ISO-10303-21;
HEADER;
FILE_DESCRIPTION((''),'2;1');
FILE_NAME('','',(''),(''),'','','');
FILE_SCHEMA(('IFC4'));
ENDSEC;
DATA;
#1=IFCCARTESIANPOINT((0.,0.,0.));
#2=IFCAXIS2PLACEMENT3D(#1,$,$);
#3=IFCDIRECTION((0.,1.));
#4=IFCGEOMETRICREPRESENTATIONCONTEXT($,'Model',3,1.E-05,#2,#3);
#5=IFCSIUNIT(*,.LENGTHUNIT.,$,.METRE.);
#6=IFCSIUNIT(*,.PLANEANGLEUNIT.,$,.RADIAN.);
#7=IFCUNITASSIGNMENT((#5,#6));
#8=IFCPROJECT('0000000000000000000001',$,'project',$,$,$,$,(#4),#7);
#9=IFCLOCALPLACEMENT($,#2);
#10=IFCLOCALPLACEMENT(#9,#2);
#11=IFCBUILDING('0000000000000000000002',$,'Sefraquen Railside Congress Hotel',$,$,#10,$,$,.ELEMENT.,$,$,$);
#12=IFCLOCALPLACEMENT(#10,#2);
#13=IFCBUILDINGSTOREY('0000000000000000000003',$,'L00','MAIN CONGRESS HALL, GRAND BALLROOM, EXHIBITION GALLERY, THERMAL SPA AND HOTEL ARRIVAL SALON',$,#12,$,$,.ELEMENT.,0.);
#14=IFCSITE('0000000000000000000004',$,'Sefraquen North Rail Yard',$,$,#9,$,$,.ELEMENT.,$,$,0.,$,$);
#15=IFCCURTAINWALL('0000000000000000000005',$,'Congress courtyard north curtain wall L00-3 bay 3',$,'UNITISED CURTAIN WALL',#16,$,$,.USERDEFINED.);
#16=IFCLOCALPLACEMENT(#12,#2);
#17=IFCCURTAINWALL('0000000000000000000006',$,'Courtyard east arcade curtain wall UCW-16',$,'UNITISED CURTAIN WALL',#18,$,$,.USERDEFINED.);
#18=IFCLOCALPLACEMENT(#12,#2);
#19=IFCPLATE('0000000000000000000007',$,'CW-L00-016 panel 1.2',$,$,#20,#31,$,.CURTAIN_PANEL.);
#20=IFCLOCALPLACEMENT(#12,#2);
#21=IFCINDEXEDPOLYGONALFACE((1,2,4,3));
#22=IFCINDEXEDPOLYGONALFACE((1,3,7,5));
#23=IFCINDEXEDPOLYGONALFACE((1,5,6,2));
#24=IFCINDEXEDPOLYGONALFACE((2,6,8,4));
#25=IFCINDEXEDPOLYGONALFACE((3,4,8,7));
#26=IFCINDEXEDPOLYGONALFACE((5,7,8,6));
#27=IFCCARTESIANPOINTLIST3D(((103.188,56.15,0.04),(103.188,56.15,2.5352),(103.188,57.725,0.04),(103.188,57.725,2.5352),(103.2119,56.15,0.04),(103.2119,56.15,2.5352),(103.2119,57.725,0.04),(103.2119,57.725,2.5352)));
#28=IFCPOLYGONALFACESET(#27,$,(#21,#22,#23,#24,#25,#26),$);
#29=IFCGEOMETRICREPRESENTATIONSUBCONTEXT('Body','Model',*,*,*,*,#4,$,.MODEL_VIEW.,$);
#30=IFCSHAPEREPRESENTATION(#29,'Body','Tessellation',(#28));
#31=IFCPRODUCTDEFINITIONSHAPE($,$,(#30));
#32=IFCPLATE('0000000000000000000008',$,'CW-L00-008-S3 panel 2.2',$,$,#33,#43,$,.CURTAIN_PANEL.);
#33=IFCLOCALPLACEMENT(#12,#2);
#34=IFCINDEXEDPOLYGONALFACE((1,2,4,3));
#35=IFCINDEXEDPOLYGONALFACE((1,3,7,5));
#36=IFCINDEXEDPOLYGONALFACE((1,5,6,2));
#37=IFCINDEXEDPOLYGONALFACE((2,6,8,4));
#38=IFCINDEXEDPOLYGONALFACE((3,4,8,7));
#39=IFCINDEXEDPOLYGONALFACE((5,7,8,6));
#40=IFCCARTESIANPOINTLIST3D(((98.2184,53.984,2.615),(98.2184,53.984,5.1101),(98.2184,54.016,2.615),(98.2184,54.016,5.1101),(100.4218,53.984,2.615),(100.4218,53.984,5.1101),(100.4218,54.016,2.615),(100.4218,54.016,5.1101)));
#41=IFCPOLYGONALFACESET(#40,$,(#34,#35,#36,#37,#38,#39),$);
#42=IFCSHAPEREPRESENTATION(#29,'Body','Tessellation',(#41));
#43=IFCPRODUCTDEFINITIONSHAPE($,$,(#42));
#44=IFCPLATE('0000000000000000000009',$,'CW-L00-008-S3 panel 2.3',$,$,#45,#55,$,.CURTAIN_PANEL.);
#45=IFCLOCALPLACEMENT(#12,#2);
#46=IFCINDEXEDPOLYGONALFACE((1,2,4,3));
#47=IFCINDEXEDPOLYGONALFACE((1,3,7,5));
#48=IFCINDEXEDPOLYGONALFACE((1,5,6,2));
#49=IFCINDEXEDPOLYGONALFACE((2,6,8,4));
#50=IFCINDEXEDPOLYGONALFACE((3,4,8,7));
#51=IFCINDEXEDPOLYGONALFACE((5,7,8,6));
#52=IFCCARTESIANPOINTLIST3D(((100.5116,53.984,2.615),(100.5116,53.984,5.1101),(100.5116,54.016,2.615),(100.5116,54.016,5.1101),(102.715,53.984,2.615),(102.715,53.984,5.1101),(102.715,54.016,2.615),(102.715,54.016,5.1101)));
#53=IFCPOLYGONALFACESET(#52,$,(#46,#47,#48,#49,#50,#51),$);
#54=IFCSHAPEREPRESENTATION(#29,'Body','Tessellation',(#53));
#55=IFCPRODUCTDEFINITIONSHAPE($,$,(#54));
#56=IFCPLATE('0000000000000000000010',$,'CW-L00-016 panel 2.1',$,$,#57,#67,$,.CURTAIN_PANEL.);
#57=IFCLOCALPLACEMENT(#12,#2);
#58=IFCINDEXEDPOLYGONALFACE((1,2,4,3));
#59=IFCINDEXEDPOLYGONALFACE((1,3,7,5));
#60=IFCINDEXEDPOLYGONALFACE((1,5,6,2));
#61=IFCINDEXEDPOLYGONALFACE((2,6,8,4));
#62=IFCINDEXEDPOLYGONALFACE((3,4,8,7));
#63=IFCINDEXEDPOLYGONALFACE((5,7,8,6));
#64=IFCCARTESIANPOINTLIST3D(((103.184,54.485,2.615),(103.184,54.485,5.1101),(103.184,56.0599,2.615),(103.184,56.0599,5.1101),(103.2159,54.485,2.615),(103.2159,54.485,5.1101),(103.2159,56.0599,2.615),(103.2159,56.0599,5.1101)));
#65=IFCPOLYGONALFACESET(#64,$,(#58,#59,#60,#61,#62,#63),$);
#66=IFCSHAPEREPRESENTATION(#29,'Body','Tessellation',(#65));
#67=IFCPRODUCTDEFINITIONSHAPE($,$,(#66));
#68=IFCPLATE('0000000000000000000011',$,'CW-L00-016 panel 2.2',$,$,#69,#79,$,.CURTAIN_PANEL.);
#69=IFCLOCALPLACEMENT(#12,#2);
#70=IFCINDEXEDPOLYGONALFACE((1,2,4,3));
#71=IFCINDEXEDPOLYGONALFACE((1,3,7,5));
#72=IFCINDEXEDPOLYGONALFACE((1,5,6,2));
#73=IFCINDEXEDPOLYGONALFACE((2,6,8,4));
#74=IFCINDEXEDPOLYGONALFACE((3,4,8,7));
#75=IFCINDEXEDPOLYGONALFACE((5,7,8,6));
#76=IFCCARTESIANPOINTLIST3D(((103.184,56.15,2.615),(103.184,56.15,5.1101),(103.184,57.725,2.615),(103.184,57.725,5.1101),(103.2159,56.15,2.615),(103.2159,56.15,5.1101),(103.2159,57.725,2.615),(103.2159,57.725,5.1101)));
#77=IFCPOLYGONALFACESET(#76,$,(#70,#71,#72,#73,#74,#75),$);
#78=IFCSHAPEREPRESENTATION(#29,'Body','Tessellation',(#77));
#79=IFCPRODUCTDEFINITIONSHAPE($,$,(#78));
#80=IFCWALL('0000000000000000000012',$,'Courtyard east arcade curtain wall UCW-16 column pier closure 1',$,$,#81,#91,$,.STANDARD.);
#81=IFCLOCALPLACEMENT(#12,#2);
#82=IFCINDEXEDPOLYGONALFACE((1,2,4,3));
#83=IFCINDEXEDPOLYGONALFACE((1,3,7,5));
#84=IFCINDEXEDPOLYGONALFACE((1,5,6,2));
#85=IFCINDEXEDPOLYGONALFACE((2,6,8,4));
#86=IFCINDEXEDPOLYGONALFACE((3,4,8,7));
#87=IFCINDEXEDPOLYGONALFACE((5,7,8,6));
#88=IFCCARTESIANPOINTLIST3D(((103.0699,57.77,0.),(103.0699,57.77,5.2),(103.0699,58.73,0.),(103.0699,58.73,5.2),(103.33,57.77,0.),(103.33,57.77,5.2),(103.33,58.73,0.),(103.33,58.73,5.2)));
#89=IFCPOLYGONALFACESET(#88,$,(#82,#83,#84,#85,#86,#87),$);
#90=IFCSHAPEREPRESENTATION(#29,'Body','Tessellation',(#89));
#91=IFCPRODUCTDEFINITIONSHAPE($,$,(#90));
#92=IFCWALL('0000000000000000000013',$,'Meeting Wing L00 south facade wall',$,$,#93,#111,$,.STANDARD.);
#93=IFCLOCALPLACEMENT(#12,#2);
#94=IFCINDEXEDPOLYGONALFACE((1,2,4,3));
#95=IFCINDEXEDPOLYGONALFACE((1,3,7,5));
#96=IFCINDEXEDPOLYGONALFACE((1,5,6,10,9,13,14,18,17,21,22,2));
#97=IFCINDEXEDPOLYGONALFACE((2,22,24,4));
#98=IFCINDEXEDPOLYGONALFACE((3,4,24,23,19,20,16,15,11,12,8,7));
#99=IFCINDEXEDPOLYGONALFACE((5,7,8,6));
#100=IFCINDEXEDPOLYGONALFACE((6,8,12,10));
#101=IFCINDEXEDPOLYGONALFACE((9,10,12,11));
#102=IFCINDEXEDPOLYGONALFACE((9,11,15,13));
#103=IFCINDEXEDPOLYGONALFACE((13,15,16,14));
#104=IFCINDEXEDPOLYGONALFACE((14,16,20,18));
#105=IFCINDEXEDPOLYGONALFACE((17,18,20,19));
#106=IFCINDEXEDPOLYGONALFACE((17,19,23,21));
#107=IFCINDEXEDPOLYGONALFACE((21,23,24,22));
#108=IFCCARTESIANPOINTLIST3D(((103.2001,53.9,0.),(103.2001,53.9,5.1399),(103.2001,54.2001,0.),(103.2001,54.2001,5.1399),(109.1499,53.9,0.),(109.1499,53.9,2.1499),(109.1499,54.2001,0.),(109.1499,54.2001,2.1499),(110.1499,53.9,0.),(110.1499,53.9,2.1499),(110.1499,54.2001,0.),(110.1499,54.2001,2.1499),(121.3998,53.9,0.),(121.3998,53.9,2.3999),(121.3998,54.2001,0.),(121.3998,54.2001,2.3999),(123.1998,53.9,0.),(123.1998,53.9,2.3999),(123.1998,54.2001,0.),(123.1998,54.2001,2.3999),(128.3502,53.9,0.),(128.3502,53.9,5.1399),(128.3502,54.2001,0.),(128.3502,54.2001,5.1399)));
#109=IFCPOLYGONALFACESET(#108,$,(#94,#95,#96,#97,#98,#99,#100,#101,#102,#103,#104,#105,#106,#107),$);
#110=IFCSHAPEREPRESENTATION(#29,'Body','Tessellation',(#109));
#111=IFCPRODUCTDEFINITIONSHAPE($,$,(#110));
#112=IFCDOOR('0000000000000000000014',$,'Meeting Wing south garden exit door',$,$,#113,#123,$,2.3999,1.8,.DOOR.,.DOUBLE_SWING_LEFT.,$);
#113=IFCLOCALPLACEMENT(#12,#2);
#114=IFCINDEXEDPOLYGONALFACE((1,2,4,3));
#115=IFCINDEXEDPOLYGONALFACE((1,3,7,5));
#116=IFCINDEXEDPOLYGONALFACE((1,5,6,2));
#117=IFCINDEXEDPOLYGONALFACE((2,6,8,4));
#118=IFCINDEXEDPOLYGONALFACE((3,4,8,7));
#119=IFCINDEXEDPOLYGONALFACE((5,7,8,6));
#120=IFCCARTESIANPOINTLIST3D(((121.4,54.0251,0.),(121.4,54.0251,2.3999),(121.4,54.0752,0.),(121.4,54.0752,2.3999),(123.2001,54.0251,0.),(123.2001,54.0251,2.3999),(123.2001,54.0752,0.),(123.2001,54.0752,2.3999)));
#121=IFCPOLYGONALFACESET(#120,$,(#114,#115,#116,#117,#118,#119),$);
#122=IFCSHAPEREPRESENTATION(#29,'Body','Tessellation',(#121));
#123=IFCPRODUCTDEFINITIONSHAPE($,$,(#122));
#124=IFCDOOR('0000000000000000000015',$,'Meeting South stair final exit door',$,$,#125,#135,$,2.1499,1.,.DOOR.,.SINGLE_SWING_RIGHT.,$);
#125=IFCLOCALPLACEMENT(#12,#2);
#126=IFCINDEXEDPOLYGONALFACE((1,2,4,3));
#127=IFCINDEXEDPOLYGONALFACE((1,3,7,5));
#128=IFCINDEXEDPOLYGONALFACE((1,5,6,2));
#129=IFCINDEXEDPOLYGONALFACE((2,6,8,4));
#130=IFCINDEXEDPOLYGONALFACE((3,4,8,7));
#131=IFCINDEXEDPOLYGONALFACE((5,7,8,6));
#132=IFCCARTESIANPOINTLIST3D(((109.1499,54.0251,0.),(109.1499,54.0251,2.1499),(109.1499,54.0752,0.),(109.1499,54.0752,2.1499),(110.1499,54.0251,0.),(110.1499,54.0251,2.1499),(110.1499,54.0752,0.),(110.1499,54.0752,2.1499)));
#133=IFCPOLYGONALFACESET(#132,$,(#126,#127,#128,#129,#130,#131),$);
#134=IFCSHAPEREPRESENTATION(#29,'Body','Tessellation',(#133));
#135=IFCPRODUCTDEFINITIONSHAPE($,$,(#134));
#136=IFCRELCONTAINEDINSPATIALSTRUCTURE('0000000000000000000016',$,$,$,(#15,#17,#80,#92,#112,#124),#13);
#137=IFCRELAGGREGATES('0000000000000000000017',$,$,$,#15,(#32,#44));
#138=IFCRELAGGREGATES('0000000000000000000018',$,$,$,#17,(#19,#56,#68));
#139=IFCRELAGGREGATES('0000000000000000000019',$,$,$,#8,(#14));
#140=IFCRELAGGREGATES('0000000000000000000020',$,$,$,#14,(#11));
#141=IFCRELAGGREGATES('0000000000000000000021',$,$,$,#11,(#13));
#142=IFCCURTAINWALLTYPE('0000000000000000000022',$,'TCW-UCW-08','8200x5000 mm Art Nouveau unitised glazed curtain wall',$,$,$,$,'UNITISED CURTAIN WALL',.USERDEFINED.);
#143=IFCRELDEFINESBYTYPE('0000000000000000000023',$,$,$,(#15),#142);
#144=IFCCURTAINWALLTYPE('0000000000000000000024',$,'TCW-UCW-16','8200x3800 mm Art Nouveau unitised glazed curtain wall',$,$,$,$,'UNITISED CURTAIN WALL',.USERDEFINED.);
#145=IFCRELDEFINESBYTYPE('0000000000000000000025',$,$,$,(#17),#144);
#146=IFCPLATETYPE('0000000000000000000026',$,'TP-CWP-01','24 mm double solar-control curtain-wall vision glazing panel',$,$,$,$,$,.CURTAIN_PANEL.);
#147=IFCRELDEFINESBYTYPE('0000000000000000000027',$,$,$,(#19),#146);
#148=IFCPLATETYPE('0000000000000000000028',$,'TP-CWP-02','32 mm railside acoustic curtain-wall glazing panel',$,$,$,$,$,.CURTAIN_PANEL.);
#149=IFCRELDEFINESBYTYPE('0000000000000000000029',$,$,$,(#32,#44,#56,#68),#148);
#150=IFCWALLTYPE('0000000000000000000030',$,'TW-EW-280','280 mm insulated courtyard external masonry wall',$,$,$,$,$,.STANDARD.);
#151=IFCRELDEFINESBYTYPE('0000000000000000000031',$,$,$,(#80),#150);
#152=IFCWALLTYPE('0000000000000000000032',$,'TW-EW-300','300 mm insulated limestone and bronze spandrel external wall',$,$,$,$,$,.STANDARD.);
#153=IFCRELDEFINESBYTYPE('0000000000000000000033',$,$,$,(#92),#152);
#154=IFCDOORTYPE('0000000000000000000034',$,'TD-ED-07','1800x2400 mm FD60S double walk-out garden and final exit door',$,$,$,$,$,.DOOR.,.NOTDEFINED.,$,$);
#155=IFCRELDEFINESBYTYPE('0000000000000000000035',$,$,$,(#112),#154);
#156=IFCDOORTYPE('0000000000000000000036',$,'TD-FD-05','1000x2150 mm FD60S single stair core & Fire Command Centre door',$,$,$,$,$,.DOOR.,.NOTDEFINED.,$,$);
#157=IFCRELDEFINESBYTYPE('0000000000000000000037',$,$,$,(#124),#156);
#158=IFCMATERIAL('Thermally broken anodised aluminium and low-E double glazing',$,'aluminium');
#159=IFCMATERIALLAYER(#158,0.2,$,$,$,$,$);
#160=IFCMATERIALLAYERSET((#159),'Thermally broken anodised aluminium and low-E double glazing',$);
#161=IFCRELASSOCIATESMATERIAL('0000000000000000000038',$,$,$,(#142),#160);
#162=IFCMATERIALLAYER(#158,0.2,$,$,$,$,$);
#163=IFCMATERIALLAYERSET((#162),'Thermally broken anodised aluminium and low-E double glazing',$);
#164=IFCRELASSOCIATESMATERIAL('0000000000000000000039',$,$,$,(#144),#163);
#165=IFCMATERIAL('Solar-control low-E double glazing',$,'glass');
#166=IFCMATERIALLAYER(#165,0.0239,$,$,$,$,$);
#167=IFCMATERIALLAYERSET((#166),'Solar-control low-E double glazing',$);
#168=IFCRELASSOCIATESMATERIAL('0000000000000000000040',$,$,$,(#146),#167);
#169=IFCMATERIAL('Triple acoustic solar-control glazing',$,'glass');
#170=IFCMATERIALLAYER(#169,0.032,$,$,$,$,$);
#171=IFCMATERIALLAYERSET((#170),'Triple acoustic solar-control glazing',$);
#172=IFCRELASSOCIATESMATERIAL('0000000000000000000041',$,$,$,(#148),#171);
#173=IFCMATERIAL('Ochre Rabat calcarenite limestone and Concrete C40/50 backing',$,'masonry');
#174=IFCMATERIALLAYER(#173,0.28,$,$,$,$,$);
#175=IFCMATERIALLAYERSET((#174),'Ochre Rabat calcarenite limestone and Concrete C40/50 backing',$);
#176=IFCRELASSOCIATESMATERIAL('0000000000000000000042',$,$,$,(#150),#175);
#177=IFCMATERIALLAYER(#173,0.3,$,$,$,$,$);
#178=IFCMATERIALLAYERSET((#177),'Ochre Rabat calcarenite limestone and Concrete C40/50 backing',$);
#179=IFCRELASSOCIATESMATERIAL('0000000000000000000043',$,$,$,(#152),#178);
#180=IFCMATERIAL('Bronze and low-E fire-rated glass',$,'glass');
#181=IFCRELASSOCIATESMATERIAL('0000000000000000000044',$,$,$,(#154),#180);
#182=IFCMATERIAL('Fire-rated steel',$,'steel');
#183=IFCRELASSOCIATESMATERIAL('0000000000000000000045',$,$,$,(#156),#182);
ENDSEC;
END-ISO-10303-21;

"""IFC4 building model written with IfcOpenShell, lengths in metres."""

from ifc_helpers import new_model, si_unit, direction, frame, frame_2d, origin, origin_2d, place, context, subcontext, project, spatial, rectangle, extrude, material, layer, layer_set, type_object, element, fill, aggregate, save


model = new_model("IFC4")

# Units and contexts
model_context = context("Model", 3, precision=1e-05, world=origin(), true_north=direction((0.0, 1.0)))
body_context = subcontext(model_context, "Body", "Model", "MODEL_VIEW")
ifc_project = project(units=[si_unit("LENGTHUNIT", "METRE"), si_unit("PLANEANGLEUNIT", "RADIAN")], contexts=[model_context])

# Site, building, storey
site_placement = place(None, origin())
site = spatial("IfcSite", under=ifc_project, at=site_placement, Name="Sefraquen North Rail Yard", CompositionType="ELEMENT", RefElevation=0.0)
building_placement = place(site_placement, origin())
building = spatial("IfcBuilding", under=site, at=building_placement, Name="Sefraquen Railside Congress Hotel", CompositionType="ELEMENT")
storey_placement = place(building_placement, origin())
storey = spatial("IfcBuildingStorey", under=building, at=storey_placement, Name="L00", Description="MAIN CONGRESS HALL, GRAND BALLROOM, EXHIBITION GALLERY, THERMAL SPA AND HOTEL ARRIVAL SALON", CompositionType="ELEMENT", Elevation=0.0)

# Curtain walls
ifc_material_1 = material(Name="Thermally broken anodised aluminium and low-E double glazing", Category="aluminium")
ifc_layer_1 = layer(ifc_material_1, 0.2)
ifc_layer_set_1 = layer_set([ifc_layer_1], Name="Thermally broken anodised aluminium and low-E double glazing")
curtain_wall_type_1 = type_object("IfcCurtainWallType", Name="TCW-UCW-08", Description="8200x5000 mm Art Nouveau unitised glazed curtain wall", ElementType="UNITISED CURTAIN WALL", PredefinedType="USERDEFINED", material=ifc_layer_set_1)
curtain_wall_1_placement = place(storey_placement, origin())
curtain_wall_1 = element("IfcCurtainWall", 1, at=curtain_wall_1_placement, inside=storey, type_object=curtain_wall_type_1, Name="Congress courtyard north curtain wall L00-3 bay 3", ObjectType="UNITISED CURTAIN WALL", PredefinedType="USERDEFINED")
ifc_layer_2 = layer(ifc_material_1, 0.2)
ifc_layer_set_2 = layer_set([ifc_layer_2], Name="Thermally broken anodised aluminium and low-E double glazing")
curtain_wall_type_2 = type_object("IfcCurtainWallType", Name="TCW-UCW-16", Description="8200x3800 mm Art Nouveau unitised glazed curtain wall", ElementType="UNITISED CURTAIN WALL", PredefinedType="USERDEFINED", material=ifc_layer_set_2)
curtain_wall_2_placement = place(storey_placement, origin())
curtain_wall_2 = element("IfcCurtainWall", 2, at=curtain_wall_2_placement, inside=storey, type_object=curtain_wall_type_2, Name="Courtyard east arcade curtain wall UCW-16", ObjectType="UNITISED CURTAIN WALL", PredefinedType="USERDEFINED")

# Plates
ifc_material_2 = material(Name="Solar-control low-E double glazing", Category="glass")
ifc_layer_3 = layer(ifc_material_2, 0.0239)
ifc_layer_set_3 = layer_set([ifc_layer_3], Name="Solar-control low-E double glazing")
plate_type_1 = type_object("IfcPlateType", Name="TP-CWP-01", Description="24 mm double solar-control curtain-wall vision glazing panel", PredefinedType="CURTAIN_PANEL", material=ifc_layer_set_3)
plate_1_placement = place(storey_placement, frame((103.2, 56.9375, 0.04), z_axis=(0.0, 0.0, 1.0), x_axis=(0.0, 1.0, 0.0)))
plate_1 = element("IfcPlate", 3, at=plate_1_placement, type_object=plate_type_1, Name="CW-L00-016 panel 1.2", PredefinedType="CURTAIN_PANEL", context=body_context, shape_type="SweptSolid", body=[
    extrude(rectangle(XDim=1.575, YDim=0.0239, at=origin_2d()), origin(), (0.0, 0.0, 1.0), 2.4951),
])
ifc_material_3 = material(Name="Triple acoustic solar-control glazing", Category="glass")
ifc_layer_4 = layer(ifc_material_3, 0.032)
ifc_layer_set_4 = layer_set([ifc_layer_4], Name="Triple acoustic solar-control glazing")
plate_type_2 = type_object("IfcPlateType", Name="TP-CWP-02", Description="32 mm railside acoustic curtain-wall glazing panel", PredefinedType="CURTAIN_PANEL", material=ifc_layer_set_4)
plate_2_placement = place(storey_placement, frame((99.3201, 54.0, 2.615), z_axis=(0.0, 0.0, 1.0), x_axis=(1.0, 0.0, 0.0)))
plate_2 = element("IfcPlate", 4, at=plate_2_placement, type_object=plate_type_2, Name="CW-L00-008-S3 panel 2.2", PredefinedType="CURTAIN_PANEL", context=body_context, shape_type="SweptSolid", body=[
    extrude(rectangle(XDim=2.2034, YDim=0.032, at=origin_2d()), origin(), (0.0, 0.0, 1.0), 2.4951),
])
plate_3_placement = place(storey_placement, frame((101.6133, 54.0, 2.615), z_axis=(0.0, 0.0, 1.0), x_axis=(1.0, 0.0, 0.0)))
plate_3 = element("IfcPlate", 5, at=plate_3_placement, type_object=plate_type_2, Name="CW-L00-008-S3 panel 2.3", PredefinedType="CURTAIN_PANEL", context=body_context, shape_type="SweptSolid", body=[
    extrude(rectangle(XDim=2.2034, YDim=0.032, at=origin_2d()), origin(), (0.0, 0.0, 1.0), 2.4951),
])
aggregate(curtain_wall_1, [plate_2, plate_3])
plate_4_placement = place(storey_placement, frame((103.2, 55.2725, 2.615), z_axis=(0.0, 0.0, 1.0), x_axis=(0.0, 1.0, 0.0)))
plate_4 = element("IfcPlate", 6, at=plate_4_placement, type_object=plate_type_2, Name="CW-L00-016 panel 2.1", PredefinedType="CURTAIN_PANEL", context=body_context, shape_type="SweptSolid", body=[
    extrude(rectangle(XDim=1.575, YDim=0.032, at=origin_2d()), origin(), (0.0, 0.0, 1.0), 2.4951),
])
plate_5_placement = place(storey_placement, frame((103.2, 56.9375, 2.615), z_axis=(0.0, 0.0, 1.0), x_axis=(0.0, 1.0, 0.0)))
plate_5 = element("IfcPlate", 7, at=plate_5_placement, type_object=plate_type_2, Name="CW-L00-016 panel 2.2", PredefinedType="CURTAIN_PANEL", context=body_context, shape_type="SweptSolid", body=[
    extrude(rectangle(XDim=1.575, YDim=0.032, at=origin_2d()), origin(), (0.0, 0.0, 1.0), 2.4951),
])
aggregate(curtain_wall_2, [plate_1, plate_4, plate_5])

# Wall
ifc_material_4 = material(Name="Ochre Rabat calcarenite limestone and Concrete C40/50 backing", Category="masonry")
ifc_layer_5 = layer(ifc_material_4, 0.28)
ifc_layer_set_5 = layer_set([ifc_layer_5], Name="Ochre Rabat calcarenite limestone and Concrete C40/50 backing")
wall_type_1 = type_object("IfcWallType", Name="TW-EW-280", Description="280 mm insulated courtyard external masonry wall", PredefinedType="STANDARD", material=ifc_layer_set_5)
wall_1_placement = place(storey_placement, frame((103.2, 57.77, 0.0), z_axis=(0.0, 0.0, 1.0), x_axis=(0.0, 1.0, 0.0)))
element("IfcWall", 8, at=wall_1_placement, inside=storey, type_object=wall_type_1, Name="Courtyard east arcade curtain wall UCW-16 column pier closure 1", PredefinedType="STANDARD", context=body_context, shape_type="SweptSolid", body=[
    extrude(rectangle(XDim=0.96, YDim=0.26, at=frame_2d((0.48, 0.0))), origin(), (0.0, 0.0, 1.0), 5.2),
])

# Wall, openings, doors
ifc_layer_6 = layer(ifc_material_4, 0.3)
ifc_layer_set_6 = layer_set([ifc_layer_6], Name="Ochre Rabat calcarenite limestone and Concrete C40/50 backing")
wall_type_2 = type_object("IfcWallType", Name="TW-EW-300", Description="300 mm insulated limestone and bronze spandrel external wall", PredefinedType="STANDARD", material=ifc_layer_set_6)
wall_2_placement = place(storey_placement, frame((103.2, 54.05, 0.0), z_axis=(0.0, 0.0, 1.0), x_axis=(1.0, 0.0, 0.0)))
wall_2 = element("IfcWall", 9, at=wall_2_placement, inside=storey, type_object=wall_type_2, Name="Meeting Wing L00 south facade wall", PredefinedType="STANDARD", context=body_context, shape_type="SweptSolid", body=[
    extrude(rectangle(XDim=25.1501, YDim=0.3, at=frame_2d((12.5752, 0.0))), origin(), (0.0, 0.0, 1.0), 5.1399),
])
opening_1_placement = place(wall_2_placement, frame((5.95, 0.0, 0.0)))
opening_1 = element("IfcOpeningElement", 10, at=opening_1_placement, cuts=wall_2, PredefinedType="OPENING", context=body_context, shape_type="SweptSolid", body=[
    extrude(rectangle(XDim=1.0, YDim=2.1499, at=frame_2d((0.5, 1.075))), frame((0.0, 0.1599, 0.0), z_axis=(0.0, -1.0, 0.0), x_axis=(1.0, 0.0, 0.0)), (0.0, 0.0, 1.0), 0.3201),
])
opening_2_placement = place(wall_2_placement, frame((18.2, 0.0, 0.0)))
opening_2 = element("IfcOpeningElement", 11, at=opening_2_placement, cuts=wall_2, PredefinedType="OPENING", context=body_context, shape_type="SweptSolid", body=[
    extrude(rectangle(XDim=1.8, YDim=2.3999, at=frame_2d((0.8999, 1.2))), frame((0.0, 0.1599, 0.0), z_axis=(0.0, -1.0, 0.0), x_axis=(1.0, 0.0, 0.0)), (0.0, 0.0, 1.0), 0.3201),
])
ifc_material_5 = material(Name="Bronze and low-E fire-rated glass", Category="glass")
door_type_1 = type_object("IfcDoorType", Name="TD-ED-07", Description="1800x2400 mm FD60S double walk-out garden and final exit door", OperationType="NOTDEFINED", PredefinedType="DOOR", material=ifc_material_5)
door_1_placement = place(opening_2_placement, frame((1.8, 0.0, 0.0), z_axis=(0.0, 0.0, 1.0), x_axis=(-1.0, 0.0, 0.0)))
door_1 = element("IfcDoor", 12, at=door_1_placement, inside=storey, type_object=door_type_1, Name="Meeting Wing south garden exit door", OperationType="DOUBLE_SWING_LEFT", OverallHeight=2.3999, OverallWidth=1.8, PredefinedType="DOOR", context=body_context, shape_type="SweptSolid", body=[
    extrude(rectangle(XDim=1.8, YDim=2.3999, at=frame_2d((0.8999, 1.2))), frame((0.0, 0.0249, 0.0), z_axis=(0.0, -1.0, 0.0), x_axis=(1.0, 0.0, 0.0)), (0.0, 0.0, 1.0), 0.05),
])
fill(opening_2, door_1)
ifc_material_6 = material(Name="Fire-rated steel", Category="steel")
door_type_2 = type_object("IfcDoorType", Name="TD-FD-05", Description="1000x2150 mm FD60S single stair core & Fire Command Centre door", OperationType="NOTDEFINED", PredefinedType="DOOR", material=ifc_material_6)
door_2_placement = place(opening_1_placement, frame((1.0, 0.0, 0.0), z_axis=(0.0, 0.0, 1.0), x_axis=(-1.0, 0.0, 0.0)))
door_2 = element("IfcDoor", 13, at=door_2_placement, inside=storey, type_object=door_type_2, Name="Meeting South stair final exit door", OperationType="SINGLE_SWING_RIGHT", OverallHeight=2.1499, OverallWidth=1.0, PredefinedType="DOOR", context=body_context, shape_type="SweptSolid", body=[
    extrude(rectangle(XDim=1.0, YDim=2.1499, at=frame_2d((0.5, 1.075))), frame((0.0, 0.0249, 0.0), z_axis=(0.0, -1.0, 0.0), x_axis=(1.0, 0.0, 0.0)), (0.0, 0.0, 1.0), 0.05),
])
fill(opening_1, door_2)

save(model, "model.ifc")
